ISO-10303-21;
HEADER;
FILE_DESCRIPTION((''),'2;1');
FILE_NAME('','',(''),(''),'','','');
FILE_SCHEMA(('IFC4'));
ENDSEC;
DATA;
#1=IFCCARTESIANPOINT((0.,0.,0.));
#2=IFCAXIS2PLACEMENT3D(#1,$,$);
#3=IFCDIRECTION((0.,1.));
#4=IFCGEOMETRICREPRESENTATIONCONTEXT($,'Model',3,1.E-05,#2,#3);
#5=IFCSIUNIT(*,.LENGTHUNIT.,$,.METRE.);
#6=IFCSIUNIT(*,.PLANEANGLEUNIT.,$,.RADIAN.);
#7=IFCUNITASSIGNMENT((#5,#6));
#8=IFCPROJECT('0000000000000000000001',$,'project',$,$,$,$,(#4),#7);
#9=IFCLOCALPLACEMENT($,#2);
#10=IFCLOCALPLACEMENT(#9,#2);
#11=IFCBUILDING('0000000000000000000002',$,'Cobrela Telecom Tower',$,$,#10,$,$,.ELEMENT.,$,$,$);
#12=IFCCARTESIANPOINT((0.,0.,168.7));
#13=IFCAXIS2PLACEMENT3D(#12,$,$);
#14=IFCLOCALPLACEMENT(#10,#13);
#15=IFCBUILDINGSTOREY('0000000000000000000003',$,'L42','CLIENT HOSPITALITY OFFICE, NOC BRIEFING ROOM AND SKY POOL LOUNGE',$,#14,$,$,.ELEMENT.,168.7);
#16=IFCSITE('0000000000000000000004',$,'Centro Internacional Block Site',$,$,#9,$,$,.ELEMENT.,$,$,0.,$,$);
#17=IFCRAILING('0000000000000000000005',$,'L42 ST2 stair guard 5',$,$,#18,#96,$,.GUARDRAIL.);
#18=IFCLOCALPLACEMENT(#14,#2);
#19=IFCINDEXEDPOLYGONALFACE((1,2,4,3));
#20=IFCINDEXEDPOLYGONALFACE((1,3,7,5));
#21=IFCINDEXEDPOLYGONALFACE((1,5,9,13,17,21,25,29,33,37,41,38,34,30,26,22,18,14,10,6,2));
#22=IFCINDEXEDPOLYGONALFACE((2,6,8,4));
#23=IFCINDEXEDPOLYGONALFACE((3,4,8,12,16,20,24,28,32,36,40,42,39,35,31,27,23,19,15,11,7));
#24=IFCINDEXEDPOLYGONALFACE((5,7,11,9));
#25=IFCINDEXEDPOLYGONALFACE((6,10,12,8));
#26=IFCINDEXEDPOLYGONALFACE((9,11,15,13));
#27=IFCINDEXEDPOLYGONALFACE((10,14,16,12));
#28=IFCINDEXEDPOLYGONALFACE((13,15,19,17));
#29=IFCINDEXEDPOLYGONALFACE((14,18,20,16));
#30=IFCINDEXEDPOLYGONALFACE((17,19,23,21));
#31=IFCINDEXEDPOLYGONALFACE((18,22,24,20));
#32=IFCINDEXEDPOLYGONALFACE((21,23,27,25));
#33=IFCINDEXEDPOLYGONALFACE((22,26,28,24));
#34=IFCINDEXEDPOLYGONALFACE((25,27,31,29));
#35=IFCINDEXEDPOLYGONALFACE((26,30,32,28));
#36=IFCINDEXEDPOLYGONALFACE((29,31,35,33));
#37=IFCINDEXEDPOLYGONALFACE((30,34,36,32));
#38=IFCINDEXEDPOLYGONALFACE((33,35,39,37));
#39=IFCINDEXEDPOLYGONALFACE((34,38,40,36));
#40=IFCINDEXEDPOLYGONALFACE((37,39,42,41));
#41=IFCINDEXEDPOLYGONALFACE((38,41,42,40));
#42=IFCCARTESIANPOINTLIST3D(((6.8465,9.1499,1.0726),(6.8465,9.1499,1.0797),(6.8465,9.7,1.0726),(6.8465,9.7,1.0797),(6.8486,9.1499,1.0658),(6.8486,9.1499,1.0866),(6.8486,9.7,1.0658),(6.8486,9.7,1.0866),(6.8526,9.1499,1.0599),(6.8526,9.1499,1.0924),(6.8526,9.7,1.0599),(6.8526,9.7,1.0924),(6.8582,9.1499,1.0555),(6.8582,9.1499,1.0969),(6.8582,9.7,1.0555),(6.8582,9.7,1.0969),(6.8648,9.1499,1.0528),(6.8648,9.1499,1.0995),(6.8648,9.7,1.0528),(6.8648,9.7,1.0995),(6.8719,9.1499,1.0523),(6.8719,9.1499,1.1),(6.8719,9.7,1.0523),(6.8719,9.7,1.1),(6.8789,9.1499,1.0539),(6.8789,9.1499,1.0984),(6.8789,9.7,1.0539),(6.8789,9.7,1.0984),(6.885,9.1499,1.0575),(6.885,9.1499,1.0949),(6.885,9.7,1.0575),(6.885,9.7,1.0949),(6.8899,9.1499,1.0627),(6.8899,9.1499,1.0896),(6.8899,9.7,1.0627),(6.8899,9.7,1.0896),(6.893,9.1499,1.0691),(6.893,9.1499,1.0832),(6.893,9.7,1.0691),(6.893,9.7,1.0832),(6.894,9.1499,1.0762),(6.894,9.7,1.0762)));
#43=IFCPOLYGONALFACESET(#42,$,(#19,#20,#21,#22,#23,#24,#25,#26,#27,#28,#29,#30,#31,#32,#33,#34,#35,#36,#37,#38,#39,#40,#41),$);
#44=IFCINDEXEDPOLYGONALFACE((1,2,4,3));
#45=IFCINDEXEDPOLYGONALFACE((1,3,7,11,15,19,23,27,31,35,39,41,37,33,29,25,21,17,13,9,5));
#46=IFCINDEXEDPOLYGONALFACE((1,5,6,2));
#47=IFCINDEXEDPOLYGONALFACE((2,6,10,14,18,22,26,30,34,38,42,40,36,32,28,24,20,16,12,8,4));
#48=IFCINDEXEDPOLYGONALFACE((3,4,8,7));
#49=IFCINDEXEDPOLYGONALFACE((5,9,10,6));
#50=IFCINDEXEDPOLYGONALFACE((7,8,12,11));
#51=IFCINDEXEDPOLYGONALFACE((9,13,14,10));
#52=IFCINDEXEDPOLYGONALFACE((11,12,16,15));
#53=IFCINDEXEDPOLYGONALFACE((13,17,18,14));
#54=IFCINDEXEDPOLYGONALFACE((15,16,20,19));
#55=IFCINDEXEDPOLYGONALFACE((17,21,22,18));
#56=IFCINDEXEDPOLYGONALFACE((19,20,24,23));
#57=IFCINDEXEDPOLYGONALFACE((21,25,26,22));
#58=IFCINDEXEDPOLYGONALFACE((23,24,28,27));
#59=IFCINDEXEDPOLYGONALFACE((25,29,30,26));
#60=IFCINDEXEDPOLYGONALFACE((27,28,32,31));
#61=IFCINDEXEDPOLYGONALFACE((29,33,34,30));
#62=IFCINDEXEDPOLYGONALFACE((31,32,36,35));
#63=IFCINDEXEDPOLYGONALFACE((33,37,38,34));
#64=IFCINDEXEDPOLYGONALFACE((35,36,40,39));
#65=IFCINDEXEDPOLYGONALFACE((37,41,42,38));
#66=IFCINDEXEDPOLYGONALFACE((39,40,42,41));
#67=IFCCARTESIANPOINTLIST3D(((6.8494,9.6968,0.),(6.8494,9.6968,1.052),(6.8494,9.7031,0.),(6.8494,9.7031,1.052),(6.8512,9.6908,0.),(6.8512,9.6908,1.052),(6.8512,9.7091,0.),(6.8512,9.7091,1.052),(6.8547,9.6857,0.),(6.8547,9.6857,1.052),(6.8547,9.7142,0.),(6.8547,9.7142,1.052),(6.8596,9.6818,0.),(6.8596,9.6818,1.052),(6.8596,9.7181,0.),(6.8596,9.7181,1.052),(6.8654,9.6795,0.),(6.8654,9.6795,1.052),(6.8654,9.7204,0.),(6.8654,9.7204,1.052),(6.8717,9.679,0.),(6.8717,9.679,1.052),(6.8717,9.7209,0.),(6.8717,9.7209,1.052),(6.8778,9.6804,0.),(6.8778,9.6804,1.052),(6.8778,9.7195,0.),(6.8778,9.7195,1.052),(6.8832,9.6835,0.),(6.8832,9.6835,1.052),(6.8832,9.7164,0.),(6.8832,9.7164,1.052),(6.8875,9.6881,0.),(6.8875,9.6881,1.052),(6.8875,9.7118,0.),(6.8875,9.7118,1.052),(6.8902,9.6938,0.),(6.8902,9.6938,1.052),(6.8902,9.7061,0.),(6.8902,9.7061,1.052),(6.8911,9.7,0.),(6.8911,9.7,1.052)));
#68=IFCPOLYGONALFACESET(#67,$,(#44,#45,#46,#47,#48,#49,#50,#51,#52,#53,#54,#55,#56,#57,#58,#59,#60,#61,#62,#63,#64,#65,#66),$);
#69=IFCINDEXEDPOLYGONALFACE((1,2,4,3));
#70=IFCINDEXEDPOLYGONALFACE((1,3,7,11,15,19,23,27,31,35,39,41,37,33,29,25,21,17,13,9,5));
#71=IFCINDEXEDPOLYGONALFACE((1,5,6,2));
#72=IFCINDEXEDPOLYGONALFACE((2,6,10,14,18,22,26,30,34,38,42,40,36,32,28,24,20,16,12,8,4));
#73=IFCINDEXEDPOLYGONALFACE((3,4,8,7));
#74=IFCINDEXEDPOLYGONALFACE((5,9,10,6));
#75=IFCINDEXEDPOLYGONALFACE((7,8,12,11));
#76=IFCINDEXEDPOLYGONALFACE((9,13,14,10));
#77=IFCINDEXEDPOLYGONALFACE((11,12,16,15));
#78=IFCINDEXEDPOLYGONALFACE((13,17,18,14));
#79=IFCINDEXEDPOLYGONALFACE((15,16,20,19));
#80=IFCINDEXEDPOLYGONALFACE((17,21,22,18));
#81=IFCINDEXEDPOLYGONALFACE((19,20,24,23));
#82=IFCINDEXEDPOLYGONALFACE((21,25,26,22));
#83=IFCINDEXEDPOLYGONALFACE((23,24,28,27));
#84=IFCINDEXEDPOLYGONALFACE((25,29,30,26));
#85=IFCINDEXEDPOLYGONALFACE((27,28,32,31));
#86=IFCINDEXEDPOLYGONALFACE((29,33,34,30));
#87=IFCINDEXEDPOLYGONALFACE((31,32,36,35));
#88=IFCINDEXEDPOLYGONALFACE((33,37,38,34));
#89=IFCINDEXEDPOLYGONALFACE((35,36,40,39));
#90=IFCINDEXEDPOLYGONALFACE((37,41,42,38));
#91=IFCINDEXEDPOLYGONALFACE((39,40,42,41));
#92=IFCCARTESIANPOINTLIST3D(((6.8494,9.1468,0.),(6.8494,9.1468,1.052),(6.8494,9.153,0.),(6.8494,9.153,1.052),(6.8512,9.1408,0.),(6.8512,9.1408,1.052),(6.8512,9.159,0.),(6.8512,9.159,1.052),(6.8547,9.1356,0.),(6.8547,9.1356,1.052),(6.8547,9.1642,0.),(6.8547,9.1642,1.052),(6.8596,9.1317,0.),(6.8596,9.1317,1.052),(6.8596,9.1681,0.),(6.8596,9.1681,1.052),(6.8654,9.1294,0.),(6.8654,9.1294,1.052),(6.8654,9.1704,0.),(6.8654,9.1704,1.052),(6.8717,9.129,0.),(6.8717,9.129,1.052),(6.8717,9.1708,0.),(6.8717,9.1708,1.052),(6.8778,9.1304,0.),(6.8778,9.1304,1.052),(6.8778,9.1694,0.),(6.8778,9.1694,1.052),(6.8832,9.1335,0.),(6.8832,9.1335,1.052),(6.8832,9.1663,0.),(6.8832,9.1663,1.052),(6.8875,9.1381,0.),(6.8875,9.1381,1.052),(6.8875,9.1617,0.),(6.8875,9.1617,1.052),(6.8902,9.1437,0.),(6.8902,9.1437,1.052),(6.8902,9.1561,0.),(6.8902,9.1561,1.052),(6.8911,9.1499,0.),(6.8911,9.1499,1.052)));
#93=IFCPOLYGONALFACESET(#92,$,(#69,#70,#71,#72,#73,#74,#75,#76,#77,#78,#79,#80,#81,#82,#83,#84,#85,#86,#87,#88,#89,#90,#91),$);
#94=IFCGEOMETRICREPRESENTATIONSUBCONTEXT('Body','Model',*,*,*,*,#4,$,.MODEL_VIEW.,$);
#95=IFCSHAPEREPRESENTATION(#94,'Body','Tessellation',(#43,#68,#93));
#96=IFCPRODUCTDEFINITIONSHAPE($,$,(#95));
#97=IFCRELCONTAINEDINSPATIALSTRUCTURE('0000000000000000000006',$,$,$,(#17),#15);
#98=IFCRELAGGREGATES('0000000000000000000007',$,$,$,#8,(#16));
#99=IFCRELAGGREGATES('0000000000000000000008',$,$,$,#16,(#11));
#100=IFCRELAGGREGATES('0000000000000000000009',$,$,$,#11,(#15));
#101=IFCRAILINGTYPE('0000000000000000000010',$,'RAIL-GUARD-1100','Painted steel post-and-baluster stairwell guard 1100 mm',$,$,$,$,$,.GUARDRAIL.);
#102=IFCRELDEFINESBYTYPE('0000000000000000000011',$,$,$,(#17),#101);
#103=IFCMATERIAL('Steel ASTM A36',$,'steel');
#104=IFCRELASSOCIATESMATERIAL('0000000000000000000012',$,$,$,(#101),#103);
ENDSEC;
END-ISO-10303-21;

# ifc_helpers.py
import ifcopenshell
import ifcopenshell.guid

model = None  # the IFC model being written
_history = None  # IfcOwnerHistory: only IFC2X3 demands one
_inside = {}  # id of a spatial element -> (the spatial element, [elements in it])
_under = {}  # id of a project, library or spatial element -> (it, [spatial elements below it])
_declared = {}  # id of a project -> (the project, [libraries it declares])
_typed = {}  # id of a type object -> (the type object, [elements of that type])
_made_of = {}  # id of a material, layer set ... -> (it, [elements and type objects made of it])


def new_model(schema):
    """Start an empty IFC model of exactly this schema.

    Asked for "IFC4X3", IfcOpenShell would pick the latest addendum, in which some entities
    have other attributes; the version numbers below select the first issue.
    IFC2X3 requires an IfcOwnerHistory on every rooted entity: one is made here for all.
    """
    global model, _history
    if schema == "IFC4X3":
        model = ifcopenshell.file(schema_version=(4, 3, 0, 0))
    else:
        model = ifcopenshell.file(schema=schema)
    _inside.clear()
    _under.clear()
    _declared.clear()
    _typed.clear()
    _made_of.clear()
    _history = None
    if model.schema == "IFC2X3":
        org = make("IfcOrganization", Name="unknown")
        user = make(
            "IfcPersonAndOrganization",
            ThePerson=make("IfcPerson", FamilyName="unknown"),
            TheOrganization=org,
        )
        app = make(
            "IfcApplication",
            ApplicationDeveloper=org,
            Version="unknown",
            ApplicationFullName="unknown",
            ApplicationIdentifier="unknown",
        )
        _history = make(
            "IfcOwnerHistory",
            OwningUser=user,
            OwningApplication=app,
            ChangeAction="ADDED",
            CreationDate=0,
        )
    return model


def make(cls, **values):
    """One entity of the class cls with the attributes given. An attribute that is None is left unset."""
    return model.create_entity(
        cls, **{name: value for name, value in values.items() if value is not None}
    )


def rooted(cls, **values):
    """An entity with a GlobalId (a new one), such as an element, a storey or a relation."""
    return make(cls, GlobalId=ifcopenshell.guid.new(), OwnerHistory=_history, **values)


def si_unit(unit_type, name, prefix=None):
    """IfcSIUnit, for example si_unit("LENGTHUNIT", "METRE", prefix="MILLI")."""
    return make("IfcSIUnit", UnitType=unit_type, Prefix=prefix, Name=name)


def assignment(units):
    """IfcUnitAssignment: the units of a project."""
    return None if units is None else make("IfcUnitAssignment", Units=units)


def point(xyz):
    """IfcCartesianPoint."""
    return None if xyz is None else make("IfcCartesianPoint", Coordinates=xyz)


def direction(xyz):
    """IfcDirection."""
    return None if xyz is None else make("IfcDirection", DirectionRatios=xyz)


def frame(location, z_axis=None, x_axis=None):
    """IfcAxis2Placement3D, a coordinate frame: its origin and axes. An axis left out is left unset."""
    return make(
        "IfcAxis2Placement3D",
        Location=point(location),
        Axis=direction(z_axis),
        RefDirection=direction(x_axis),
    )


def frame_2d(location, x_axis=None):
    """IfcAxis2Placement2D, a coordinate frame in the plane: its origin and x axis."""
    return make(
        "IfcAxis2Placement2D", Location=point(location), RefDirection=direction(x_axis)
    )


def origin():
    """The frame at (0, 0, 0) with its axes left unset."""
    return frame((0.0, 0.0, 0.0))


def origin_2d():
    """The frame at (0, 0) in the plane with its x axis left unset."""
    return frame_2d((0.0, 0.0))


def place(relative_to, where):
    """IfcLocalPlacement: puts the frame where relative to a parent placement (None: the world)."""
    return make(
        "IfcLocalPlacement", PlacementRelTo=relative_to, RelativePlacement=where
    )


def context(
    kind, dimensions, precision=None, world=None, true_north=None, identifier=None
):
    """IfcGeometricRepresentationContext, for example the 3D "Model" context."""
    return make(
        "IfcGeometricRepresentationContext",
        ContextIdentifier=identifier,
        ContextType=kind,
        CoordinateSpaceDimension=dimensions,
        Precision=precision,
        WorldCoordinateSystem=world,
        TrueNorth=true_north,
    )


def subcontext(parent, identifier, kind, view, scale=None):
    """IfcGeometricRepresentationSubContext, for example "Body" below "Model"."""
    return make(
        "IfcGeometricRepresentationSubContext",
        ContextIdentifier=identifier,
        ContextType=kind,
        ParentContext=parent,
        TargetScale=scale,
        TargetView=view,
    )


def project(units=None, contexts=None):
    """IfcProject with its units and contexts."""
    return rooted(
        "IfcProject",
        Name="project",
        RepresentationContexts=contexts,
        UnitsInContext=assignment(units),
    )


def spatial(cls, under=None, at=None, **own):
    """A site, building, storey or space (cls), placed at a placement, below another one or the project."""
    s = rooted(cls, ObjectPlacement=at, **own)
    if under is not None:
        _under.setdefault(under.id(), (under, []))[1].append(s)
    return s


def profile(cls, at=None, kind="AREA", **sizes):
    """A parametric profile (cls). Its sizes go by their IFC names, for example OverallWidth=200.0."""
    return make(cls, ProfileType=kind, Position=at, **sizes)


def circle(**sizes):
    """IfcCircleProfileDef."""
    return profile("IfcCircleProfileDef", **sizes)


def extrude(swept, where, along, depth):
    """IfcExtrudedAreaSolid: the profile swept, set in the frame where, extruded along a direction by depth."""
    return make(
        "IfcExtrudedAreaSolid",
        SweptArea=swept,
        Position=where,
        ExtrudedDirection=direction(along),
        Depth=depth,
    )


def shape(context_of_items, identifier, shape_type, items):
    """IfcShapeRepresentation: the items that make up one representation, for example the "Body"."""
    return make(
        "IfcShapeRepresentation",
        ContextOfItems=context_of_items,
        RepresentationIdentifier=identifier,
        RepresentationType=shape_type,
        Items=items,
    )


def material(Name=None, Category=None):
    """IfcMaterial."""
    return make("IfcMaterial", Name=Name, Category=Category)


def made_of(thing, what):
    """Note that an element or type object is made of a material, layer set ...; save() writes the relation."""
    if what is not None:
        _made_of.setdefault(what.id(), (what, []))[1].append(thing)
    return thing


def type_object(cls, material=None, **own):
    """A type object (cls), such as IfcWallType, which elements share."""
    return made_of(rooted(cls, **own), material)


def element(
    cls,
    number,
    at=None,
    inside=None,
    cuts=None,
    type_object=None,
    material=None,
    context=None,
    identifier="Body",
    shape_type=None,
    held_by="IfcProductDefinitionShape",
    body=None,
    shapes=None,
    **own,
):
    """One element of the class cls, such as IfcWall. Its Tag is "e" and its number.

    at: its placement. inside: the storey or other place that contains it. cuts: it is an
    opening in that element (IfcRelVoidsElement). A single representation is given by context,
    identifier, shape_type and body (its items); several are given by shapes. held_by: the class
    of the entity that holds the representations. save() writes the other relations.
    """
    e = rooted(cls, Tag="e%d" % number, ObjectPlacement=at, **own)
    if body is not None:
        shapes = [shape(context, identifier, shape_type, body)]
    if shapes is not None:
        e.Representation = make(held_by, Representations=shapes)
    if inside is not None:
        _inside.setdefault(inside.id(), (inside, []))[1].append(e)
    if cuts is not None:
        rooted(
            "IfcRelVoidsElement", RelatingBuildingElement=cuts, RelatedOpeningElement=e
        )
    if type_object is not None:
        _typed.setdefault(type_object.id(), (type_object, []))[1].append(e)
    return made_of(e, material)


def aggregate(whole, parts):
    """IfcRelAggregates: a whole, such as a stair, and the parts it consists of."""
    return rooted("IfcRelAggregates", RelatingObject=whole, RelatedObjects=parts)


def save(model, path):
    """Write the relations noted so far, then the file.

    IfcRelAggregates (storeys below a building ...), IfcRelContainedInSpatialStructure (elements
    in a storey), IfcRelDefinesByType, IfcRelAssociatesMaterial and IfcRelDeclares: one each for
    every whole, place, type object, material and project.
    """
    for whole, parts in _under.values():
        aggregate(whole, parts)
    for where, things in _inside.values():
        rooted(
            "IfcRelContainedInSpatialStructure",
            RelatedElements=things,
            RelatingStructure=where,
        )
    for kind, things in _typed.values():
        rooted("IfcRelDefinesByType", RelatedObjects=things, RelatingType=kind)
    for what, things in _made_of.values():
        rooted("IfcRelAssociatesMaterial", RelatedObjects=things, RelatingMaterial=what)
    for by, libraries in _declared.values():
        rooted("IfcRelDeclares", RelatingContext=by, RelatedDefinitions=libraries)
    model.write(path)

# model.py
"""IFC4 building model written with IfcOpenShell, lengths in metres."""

from ifc_helpers import new_model, si_unit, direction, frame, origin, origin_2d, place, context, subcontext, project, spatial, circle, extrude, material, type_object, element, save


model = new_model("IFC4")

# Units and contexts
model_context = context("Model", 3, precision=1e-05, world=origin(), true_north=direction((0.0, 1.0)))
body_context = subcontext(model_context, "Body", "Model", "MODEL_VIEW")
ifc_project = project(units=[si_unit("LENGTHUNIT", "METRE"), si_unit("PLANEANGLEUNIT", "RADIAN")], contexts=[model_context])

# Site, building, storey
site_placement = place(None, origin())
site = spatial("IfcSite", under=ifc_project, at=site_placement, Name="Centro Internacional Block Site", CompositionType="ELEMENT", RefElevation=0.0)
building_placement = place(site_placement, origin())
building = spatial("IfcBuilding", under=site, at=building_placement, Name="Cobrela Telecom Tower", CompositionType="ELEMENT")
storey_placement = place(building_placement, frame((0.0, 0.0, 168.7)))
storey = spatial("IfcBuildingStorey", under=building, at=storey_placement, Name="L42", Description="CLIENT HOSPITALITY OFFICE, NOC BRIEFING ROOM AND SKY POOL LOUNGE", CompositionType="ELEMENT", Elevation=168.7)

# Shared definitions
ifc_material_1 = material(Name="Steel ASTM A36", Category="steel")

# Railing
railing_type_1 = type_object("IfcRailingType", Name="RAIL-GUARD-1100", Description="Painted steel post-and-baluster stairwell guard 1100 mm", PredefinedType="GUARDRAIL", material=ifc_material_1)
railing_1_placement = place(storey_placement, frame((6.8701, 9.7, 0.0)))
element("IfcRailing", 1, at=railing_1_placement, inside=storey, type_object=railing_type_1, Name="L42 ST2 stair guard 5", PredefinedType="GUARDRAIL", context=body_context, shape_type="SweptSolid", body=[
    extrude(circle(Radius=0.0239, at=origin_2d()), frame((0.0, 0.0, 1.0762), z_axis=(0.0, -1.0, 0.0), x_axis=(1.0, 0.0, 0.0)), (0.0, 0.0, 1.0), 0.55),
    extrude(circle(Radius=0.021, at=origin_2d()), origin(), (0.0, 0.0, 1.0), 1.052),
    extrude(circle(Radius=0.021, at=origin_2d()), frame((0.0, -0.55, 0.0)), (0.0, 0.0, 1.0), 1.052),
])

save(model, "model.ifc")
